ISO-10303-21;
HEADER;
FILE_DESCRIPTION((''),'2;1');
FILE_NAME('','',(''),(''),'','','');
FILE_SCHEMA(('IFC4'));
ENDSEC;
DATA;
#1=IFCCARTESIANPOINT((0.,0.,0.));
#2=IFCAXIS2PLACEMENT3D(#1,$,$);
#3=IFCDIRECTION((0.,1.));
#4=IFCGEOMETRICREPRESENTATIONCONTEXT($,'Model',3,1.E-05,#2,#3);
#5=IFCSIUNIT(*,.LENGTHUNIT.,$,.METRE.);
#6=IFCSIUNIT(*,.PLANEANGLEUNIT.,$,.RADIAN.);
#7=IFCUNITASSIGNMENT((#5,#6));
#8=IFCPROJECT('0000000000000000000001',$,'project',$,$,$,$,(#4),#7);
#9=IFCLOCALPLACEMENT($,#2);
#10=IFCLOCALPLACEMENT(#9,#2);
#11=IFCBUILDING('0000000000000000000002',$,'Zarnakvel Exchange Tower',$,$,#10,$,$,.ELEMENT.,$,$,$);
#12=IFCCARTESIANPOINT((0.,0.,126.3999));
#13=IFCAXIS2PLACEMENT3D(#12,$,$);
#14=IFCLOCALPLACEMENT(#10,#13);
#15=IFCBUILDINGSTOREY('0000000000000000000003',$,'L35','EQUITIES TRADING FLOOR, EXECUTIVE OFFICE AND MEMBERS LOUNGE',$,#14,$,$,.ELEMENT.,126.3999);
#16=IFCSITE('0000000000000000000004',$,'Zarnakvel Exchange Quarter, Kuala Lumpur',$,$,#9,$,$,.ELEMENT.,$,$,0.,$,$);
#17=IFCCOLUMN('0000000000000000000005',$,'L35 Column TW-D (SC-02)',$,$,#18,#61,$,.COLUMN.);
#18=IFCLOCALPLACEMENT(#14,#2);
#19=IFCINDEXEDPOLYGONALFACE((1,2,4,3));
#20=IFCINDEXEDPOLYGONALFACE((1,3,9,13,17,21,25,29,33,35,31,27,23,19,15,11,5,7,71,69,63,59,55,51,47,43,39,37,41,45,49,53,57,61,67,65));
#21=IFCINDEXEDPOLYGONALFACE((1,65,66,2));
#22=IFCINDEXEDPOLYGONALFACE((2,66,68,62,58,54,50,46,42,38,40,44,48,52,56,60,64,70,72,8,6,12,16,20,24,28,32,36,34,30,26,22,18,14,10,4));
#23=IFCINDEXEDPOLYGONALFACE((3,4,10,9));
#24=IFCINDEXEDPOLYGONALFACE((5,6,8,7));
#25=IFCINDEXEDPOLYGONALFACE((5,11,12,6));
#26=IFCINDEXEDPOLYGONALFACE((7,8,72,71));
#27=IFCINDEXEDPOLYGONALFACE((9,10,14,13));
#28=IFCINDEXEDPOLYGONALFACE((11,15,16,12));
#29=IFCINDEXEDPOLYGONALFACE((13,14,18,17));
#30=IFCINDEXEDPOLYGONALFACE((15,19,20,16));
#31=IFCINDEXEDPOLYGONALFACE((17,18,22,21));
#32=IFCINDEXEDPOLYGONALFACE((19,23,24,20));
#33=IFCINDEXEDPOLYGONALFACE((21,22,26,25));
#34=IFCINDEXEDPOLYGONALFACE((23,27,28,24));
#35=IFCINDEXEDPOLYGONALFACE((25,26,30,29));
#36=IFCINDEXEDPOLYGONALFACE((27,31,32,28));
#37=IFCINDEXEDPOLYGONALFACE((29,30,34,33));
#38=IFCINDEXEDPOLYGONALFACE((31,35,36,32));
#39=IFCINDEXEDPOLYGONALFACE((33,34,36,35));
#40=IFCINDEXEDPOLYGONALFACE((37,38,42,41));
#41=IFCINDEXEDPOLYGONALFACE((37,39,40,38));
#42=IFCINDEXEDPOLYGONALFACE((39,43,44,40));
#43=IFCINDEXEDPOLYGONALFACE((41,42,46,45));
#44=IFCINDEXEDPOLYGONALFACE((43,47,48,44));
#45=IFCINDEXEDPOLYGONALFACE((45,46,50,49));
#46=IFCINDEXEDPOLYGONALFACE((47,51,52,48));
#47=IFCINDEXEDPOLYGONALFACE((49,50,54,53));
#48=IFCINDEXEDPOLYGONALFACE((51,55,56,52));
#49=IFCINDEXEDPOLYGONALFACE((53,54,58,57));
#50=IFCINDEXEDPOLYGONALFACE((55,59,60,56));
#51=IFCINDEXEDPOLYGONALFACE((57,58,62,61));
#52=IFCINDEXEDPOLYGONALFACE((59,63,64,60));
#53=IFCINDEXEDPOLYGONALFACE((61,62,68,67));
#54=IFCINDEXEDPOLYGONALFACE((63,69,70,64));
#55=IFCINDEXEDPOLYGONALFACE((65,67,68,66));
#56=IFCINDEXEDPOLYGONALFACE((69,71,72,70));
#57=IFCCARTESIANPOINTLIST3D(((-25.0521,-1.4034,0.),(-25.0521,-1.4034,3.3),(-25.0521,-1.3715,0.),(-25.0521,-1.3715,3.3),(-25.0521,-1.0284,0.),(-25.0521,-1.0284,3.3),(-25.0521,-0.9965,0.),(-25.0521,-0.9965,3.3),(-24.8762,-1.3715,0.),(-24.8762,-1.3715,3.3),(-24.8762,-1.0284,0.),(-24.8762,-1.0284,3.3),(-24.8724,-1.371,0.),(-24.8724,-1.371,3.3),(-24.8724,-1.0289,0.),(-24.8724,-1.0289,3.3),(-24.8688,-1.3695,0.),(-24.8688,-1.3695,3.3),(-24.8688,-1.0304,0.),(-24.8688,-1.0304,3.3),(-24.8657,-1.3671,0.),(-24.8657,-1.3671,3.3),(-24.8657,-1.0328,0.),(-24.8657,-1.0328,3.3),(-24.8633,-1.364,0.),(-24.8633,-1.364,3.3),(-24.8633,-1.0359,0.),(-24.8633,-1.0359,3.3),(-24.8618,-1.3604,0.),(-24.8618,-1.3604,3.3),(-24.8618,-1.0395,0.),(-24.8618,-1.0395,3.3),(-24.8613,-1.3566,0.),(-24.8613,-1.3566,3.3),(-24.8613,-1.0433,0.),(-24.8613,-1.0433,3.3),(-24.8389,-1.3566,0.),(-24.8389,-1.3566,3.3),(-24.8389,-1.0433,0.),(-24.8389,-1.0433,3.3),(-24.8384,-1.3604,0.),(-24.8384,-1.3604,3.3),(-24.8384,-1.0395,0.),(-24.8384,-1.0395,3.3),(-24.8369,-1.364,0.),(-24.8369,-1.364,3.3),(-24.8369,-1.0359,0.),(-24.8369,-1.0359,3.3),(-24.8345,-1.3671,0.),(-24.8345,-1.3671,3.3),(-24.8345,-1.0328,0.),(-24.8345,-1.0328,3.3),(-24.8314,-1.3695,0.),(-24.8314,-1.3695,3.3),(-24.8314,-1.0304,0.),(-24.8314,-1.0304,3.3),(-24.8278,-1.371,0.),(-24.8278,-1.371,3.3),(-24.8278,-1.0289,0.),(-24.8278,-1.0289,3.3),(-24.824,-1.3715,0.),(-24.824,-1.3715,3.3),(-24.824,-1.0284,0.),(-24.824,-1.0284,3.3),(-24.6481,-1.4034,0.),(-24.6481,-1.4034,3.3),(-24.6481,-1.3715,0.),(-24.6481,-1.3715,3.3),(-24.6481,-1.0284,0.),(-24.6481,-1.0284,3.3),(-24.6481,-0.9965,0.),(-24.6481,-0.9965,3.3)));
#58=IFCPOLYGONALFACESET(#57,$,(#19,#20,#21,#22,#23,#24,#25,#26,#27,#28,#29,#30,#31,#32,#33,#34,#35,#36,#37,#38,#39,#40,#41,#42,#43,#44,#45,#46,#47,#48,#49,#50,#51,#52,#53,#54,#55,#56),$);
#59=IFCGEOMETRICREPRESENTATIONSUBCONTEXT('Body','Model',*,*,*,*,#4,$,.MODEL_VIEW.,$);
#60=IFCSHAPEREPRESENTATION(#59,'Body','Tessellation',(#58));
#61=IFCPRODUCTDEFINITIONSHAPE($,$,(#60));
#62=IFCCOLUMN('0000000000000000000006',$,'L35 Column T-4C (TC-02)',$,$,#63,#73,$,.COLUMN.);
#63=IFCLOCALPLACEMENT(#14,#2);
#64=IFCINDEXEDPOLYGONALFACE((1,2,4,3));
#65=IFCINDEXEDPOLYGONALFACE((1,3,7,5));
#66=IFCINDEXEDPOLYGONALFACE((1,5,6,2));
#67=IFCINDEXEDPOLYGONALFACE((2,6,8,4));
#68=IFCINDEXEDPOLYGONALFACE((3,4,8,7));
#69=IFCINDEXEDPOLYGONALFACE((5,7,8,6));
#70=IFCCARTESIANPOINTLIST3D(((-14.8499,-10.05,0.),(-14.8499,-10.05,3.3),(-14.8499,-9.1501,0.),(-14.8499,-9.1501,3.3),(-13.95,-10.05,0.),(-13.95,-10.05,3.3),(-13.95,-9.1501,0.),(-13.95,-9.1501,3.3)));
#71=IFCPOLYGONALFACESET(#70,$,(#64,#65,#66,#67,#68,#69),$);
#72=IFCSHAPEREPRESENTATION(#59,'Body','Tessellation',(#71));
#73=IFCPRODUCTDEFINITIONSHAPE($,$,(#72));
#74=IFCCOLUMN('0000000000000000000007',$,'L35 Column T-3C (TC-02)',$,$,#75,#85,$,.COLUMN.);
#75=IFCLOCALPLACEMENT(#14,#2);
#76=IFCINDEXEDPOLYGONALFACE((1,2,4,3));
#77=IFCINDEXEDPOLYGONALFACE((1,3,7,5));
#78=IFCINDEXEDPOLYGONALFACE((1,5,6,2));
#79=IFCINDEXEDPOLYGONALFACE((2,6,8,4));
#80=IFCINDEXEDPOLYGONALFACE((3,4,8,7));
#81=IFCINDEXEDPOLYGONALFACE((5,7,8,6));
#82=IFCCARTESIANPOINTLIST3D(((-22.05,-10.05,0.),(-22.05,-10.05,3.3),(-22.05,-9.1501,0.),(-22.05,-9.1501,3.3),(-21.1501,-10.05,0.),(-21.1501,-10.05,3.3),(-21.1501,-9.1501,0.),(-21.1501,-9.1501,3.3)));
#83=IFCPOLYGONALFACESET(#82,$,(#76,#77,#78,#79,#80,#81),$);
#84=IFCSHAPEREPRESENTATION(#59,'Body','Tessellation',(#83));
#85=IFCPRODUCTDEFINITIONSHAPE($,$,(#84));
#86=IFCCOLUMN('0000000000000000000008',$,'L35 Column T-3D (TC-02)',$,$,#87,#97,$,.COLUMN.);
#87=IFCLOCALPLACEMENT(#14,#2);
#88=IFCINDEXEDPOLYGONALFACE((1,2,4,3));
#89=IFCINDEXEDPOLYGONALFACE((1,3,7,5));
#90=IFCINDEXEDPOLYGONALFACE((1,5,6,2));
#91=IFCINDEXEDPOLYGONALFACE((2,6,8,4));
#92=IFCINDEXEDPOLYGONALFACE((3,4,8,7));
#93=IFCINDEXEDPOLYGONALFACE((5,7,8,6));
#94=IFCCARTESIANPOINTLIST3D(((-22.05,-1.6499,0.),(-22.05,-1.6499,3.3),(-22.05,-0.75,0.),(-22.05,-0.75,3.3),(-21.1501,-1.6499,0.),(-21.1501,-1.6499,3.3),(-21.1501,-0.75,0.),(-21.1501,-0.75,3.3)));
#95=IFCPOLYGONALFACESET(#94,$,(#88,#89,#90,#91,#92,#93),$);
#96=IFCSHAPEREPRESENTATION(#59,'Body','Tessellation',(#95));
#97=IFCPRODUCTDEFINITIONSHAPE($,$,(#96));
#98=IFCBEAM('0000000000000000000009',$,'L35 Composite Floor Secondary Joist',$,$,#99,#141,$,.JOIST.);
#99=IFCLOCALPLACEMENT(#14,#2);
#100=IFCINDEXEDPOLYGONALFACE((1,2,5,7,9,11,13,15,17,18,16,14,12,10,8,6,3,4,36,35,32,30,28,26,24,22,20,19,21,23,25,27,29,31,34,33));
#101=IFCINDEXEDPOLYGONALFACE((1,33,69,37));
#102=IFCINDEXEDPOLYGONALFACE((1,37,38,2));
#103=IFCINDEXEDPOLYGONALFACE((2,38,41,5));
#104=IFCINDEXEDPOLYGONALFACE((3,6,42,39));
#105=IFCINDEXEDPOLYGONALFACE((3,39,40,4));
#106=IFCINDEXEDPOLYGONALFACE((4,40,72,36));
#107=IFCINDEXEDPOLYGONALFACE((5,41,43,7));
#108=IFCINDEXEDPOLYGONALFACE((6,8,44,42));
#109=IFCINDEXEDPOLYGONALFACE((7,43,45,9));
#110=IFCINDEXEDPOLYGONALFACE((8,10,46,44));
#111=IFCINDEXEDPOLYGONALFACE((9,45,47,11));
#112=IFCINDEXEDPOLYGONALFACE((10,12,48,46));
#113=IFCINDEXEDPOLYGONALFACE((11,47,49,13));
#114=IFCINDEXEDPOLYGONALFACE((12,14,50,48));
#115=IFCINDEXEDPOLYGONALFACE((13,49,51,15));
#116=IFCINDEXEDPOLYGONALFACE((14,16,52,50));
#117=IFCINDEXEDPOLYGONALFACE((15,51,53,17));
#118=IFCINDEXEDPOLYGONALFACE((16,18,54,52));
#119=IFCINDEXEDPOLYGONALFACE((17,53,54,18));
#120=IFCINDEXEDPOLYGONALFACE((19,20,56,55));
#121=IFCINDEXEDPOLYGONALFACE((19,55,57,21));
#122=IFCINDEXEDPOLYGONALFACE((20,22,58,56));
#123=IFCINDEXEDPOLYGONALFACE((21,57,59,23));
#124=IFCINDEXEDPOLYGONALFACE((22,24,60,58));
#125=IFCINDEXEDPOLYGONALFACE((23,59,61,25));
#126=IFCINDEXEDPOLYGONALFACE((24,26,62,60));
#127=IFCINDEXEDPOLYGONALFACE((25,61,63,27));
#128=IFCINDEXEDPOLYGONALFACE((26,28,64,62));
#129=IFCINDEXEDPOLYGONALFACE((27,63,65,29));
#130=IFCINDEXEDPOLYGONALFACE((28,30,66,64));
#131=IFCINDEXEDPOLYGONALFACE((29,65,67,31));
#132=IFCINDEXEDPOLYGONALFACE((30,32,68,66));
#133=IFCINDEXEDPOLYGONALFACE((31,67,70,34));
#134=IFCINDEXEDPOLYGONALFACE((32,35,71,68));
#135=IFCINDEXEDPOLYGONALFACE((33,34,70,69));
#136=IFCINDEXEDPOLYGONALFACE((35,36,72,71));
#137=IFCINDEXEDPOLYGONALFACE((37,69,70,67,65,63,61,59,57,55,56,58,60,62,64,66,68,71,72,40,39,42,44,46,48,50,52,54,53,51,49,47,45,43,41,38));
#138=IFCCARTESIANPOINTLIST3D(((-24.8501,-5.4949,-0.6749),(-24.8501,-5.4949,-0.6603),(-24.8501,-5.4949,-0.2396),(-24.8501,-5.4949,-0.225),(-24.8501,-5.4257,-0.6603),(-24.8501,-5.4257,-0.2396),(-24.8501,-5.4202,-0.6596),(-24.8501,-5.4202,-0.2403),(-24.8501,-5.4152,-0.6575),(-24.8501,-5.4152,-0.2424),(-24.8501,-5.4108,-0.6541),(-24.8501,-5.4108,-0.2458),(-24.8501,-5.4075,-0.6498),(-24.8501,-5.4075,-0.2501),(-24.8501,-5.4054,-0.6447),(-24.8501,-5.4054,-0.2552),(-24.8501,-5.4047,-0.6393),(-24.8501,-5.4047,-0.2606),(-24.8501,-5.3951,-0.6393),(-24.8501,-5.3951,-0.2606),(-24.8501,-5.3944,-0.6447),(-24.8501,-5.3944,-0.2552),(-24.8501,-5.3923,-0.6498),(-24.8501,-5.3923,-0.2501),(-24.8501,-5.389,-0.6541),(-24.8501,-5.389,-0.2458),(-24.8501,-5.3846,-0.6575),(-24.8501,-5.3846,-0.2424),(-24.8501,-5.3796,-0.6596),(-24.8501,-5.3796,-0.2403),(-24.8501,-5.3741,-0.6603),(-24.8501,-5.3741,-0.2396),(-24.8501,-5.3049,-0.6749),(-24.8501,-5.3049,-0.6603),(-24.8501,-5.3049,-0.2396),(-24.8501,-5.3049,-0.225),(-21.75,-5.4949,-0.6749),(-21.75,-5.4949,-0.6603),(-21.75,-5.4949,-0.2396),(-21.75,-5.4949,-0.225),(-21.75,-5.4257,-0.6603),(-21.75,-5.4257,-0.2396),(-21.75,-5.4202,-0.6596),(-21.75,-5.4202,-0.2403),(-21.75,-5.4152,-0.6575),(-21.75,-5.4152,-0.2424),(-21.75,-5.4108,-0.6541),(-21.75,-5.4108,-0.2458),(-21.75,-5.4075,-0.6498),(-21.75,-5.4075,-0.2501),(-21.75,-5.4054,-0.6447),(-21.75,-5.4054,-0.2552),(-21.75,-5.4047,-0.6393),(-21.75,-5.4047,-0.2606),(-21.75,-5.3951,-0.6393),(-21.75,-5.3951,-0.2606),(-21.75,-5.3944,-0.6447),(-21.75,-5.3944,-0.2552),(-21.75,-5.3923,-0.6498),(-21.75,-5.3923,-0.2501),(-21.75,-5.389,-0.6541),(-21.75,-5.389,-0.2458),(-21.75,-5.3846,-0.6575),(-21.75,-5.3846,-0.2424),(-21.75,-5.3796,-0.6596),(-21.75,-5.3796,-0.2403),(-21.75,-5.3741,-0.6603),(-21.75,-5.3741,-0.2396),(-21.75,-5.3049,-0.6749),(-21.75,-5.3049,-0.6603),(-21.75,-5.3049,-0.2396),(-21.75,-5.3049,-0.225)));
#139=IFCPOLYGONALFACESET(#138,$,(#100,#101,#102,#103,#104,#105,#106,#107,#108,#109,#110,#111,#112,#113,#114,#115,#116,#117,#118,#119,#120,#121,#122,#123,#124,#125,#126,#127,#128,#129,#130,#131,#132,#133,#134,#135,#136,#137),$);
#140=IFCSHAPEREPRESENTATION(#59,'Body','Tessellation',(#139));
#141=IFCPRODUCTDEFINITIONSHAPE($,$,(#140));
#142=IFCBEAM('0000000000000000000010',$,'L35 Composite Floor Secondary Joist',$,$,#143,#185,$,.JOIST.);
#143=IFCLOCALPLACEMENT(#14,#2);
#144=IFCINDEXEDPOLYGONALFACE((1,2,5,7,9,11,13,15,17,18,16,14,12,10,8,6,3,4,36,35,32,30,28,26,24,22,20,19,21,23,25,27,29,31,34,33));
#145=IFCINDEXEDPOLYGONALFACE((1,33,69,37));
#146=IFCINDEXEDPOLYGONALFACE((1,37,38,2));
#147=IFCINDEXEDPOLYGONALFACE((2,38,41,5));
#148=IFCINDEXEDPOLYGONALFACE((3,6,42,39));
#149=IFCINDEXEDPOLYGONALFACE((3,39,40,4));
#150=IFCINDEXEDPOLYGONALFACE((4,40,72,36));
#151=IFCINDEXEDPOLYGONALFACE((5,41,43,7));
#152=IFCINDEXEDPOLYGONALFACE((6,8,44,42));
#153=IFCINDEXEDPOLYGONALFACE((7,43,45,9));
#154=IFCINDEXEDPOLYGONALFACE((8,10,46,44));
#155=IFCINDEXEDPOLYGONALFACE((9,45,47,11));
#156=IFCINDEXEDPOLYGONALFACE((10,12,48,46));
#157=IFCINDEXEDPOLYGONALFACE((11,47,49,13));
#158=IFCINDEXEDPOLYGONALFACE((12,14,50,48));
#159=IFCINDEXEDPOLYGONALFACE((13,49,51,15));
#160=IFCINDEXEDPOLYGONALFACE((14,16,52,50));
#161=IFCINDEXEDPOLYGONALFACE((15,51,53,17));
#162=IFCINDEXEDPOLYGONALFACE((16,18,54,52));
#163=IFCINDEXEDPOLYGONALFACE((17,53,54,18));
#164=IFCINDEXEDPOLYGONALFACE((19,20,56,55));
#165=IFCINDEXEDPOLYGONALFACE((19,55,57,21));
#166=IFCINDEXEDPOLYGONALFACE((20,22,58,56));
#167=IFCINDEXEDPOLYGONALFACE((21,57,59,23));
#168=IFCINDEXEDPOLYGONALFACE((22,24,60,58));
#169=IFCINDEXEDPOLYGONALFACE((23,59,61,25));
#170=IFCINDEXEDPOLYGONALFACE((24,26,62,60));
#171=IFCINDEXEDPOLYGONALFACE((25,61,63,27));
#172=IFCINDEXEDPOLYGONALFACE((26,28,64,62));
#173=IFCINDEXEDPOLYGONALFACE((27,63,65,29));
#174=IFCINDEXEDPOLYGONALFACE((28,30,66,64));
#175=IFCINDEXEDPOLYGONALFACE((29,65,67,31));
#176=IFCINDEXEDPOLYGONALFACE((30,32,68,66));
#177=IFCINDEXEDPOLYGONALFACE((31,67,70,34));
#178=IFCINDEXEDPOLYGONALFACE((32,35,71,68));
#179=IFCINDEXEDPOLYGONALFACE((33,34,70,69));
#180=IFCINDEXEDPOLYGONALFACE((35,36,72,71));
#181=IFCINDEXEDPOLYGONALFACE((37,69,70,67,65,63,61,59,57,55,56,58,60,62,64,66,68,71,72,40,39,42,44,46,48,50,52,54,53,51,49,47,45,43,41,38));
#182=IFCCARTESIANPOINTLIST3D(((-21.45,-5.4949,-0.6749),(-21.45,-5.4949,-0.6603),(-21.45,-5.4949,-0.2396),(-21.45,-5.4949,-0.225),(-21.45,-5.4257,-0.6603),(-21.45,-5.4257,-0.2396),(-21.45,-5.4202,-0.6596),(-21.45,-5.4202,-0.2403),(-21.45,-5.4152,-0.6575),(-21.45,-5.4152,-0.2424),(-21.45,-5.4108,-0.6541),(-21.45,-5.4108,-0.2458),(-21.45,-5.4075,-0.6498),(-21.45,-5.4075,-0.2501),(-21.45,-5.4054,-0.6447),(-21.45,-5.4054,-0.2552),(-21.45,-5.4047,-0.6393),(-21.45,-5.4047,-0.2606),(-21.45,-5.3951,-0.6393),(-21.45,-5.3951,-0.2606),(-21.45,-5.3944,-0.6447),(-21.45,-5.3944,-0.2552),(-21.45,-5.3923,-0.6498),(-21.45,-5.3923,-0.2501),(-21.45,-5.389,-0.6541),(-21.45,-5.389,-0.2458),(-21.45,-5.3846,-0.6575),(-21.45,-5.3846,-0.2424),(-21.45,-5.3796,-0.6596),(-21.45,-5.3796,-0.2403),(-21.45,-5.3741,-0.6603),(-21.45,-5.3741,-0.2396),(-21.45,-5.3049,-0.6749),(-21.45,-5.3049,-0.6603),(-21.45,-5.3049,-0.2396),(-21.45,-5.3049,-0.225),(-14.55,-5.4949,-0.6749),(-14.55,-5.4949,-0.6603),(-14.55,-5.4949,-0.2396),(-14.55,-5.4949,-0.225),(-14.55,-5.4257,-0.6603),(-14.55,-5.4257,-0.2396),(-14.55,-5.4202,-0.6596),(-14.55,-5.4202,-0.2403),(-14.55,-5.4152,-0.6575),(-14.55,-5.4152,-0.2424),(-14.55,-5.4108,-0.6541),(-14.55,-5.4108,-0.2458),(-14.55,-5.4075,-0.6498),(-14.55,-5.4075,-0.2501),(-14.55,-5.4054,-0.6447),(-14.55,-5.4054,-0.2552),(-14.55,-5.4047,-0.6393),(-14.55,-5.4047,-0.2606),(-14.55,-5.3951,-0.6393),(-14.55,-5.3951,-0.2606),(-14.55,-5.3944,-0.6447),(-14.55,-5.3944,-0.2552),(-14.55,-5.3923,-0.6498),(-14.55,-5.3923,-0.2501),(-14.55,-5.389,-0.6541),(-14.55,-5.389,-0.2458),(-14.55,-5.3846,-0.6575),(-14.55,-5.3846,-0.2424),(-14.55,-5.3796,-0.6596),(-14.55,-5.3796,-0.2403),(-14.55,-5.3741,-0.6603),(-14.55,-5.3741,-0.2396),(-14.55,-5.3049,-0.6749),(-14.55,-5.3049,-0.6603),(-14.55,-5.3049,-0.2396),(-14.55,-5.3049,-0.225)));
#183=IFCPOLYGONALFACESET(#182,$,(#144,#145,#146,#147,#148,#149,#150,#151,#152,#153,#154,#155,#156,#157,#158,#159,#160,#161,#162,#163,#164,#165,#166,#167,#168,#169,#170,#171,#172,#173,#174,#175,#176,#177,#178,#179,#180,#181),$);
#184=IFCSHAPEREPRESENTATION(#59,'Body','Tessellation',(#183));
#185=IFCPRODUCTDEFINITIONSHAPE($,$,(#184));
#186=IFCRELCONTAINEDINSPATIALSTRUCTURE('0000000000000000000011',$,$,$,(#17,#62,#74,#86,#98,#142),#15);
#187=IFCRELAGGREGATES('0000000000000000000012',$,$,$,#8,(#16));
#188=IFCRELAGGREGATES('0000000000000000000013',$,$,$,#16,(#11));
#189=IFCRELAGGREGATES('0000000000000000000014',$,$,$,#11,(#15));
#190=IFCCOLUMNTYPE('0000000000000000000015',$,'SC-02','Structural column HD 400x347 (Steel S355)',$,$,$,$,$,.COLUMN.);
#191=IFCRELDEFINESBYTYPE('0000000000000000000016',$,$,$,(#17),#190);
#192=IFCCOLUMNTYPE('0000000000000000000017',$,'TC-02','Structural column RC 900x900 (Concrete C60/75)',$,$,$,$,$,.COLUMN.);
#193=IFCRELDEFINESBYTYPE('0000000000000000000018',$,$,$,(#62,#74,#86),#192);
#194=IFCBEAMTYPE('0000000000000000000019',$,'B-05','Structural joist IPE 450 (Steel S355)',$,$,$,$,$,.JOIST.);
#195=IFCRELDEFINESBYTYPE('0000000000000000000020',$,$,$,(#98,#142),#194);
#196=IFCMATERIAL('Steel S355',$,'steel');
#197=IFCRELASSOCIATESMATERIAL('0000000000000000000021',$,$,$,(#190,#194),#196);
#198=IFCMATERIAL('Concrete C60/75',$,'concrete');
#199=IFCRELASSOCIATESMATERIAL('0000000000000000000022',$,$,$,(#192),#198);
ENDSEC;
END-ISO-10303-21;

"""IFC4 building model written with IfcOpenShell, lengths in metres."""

from ifc_helpers import new_model, si_unit, direction, frame, origin, origin_2d, place, context, subcontext, project, spatial, rectangle, i_section, extrude, material, material_profile, profile_set, type_object, element, save


model = new_model("IFC4")

# Units and contexts
model_context = context("Model", 3, precision=1e-05, world=origin(), true_north=direction((0.0, 1.0)))
body_context = subcontext(model_context, "Body", "Model", "MODEL_VIEW")
ifc_project = project(units=[si_unit("LENGTHUNIT", "METRE"), si_unit("PLANEANGLEUNIT", "RADIAN")], contexts=[model_context])

# Site, building, storey
site_placement = place(None, origin())
site = spatial("IfcSite", under=ifc_project, at=site_placement, Name="Zarnakvel Exchange Quarter, Kuala Lumpur", CompositionType="ELEMENT", RefElevation=0.0)
building_placement = place(site_placement, origin())
building = spatial("IfcBuilding", under=site, at=building_placement, Name="Zarnakvel Exchange Tower", CompositionType="ELEMENT")
storey_placement = place(building_placement, frame((0.0, 0.0, 126.3999)))
storey = spatial("IfcBuildingStorey", under=building, at=storey_placement, Name="L35", Description="EQUITIES TRADING FLOOR, EXECUTIVE OFFICE AND MEMBERS LOUNGE", CompositionType="ELEMENT", Elevation=126.3999)

# Columns
ifc_material_1 = material(Name="Steel S355", Category="steel")
ifc_material_profile_1 = material_profile(ifc_material_1, i_section(OverallWidth=0.4041, OverallDepth=0.407, WebThickness=0.0225, FlangeThickness=0.032, FilletRadius=0.0149, at=origin_2d()))
ifc_profile_set_1 = profile_set([ifc_material_profile_1], Name="Steel S355")
column_type_1 = type_object("IfcColumnType", Name="SC-02", Description="Structural column HD 400x347 (Steel S355)", PredefinedType="COLUMN", material=ifc_profile_set_1)
column_placement = place(storey_placement, frame((-24.8501, -1.2, 0.0), z_axis=(0.0, 0.0, 1.0), x_axis=(1.0, 0.0, 0.0)))
element("IfcColumn", 1, at=column_placement, inside=storey, type_object=column_type_1, Name="L35 Column TW-D (SC-02)", PredefinedType="COLUMN", context=body_context, shape_type="SweptSolid", body=[
    extrude(i_section(OverallWidth=0.4041, OverallDepth=0.407, WebThickness=0.0225, FlangeThickness=0.032, FilletRadius=0.0149, at=origin_2d()), origin(), (0.0, 0.0, 1.0), 3.3),
])
ifc_material_2 = material(Name="Concrete C60/75", Category="concrete")
ifc_material_profile_2 = material_profile(ifc_material_2, rectangle(XDim=0.8999, YDim=0.8999, at=origin_2d()))
ifc_profile_set_2 = profile_set([ifc_material_profile_2], Name="Concrete C60/75")
column_type_2 = type_object("IfcColumnType", Name="TC-02", Description="Structural column RC 900x900 (Concrete C60/75)", PredefinedType="COLUMN", material=ifc_profile_set_2)
for number, where, z_axis, x_axis, name in (
    (2, (-14.3999, -9.6001, 0.0), (0.0, 0.0, 1.0), (1.0, 0.0, 0.0), "L35 Column T-4C (TC-02)"),
    (3, (-21.6001, -9.6001, 0.0), (0.0, 0.0, 1.0), (1.0, 0.0, 0.0), "L35 Column T-3C (TC-02)"),
    (4, (-21.6001, -1.2, 0.0), (0.0, 0.0, 1.0), (1.0, 0.0, 0.0), "L35 Column T-3D (TC-02)"),
):
    element("IfcColumn", number, at=place(storey_placement, frame(where, z_axis=z_axis, x_axis=x_axis)), inside=storey, type_object=column_type_2, Name=name, PredefinedType="COLUMN", context=body_context, shape_type="SweptSolid", body=[
        extrude(rectangle(XDim=0.8999, YDim=0.8999, at=origin_2d()), origin(), (0.0, 0.0, 1.0), 3.3),
    ])

# Beams
ifc_material_profile_3 = material_profile(ifc_material_1, i_section(OverallWidth=0.1899, OverallDepth=0.45, WebThickness=0.0095, FlangeThickness=0.0146, FilletRadius=0.021, at=origin_2d()))
ifc_profile_set_3 = profile_set([ifc_material_profile_3], Name="Steel S355")
beam_type_1 = type_object("IfcBeamType", Name="B-05", Description="Structural joist IPE 450 (Steel S355)", PredefinedType="JOIST", material=ifc_profile_set_3)
beam_1_placement = place(storey_placement, frame((-24.8501, -5.3999, -0.45), z_axis=(1.0, 0.0, 0.0), x_axis=(0.0, 1.0, 0.0)))
element("IfcBeam", 5, at=beam_1_placement, inside=storey, type_object=beam_type_1, Name="L35 Composite Floor Secondary Joist", PredefinedType="JOIST", context=body_context, shape_type="SweptSolid", body=[
    extrude(i_section(OverallWidth=0.1899, OverallDepth=0.45, WebThickness=0.0095, FlangeThickness=0.0146, FilletRadius=0.021, at=origin_2d()), origin(), (0.0, 0.0, 1.0), 3.1001),
])
beam_2_placement = place(storey_placement, frame((-21.45, -5.3999, -0.45), z_axis=(1.0, 0.0, 0.0), x_axis=(0.0, 1.0, 0.0)))
element("IfcBeam", 6, at=beam_2_placement, inside=storey, type_object=beam_type_1, Name="L35 Composite Floor Secondary Joist", PredefinedType="JOIST", context=body_context, shape_type="SweptSolid", body=[
    extrude(i_section(OverallWidth=0.1899, OverallDepth=0.45, WebThickness=0.0095, FlangeThickness=0.0146, FilletRadius=0.021, at=origin_2d()), origin(), (0.0, 0.0, 1.0), 6.8999),
])

save(model, "model.ifc")
